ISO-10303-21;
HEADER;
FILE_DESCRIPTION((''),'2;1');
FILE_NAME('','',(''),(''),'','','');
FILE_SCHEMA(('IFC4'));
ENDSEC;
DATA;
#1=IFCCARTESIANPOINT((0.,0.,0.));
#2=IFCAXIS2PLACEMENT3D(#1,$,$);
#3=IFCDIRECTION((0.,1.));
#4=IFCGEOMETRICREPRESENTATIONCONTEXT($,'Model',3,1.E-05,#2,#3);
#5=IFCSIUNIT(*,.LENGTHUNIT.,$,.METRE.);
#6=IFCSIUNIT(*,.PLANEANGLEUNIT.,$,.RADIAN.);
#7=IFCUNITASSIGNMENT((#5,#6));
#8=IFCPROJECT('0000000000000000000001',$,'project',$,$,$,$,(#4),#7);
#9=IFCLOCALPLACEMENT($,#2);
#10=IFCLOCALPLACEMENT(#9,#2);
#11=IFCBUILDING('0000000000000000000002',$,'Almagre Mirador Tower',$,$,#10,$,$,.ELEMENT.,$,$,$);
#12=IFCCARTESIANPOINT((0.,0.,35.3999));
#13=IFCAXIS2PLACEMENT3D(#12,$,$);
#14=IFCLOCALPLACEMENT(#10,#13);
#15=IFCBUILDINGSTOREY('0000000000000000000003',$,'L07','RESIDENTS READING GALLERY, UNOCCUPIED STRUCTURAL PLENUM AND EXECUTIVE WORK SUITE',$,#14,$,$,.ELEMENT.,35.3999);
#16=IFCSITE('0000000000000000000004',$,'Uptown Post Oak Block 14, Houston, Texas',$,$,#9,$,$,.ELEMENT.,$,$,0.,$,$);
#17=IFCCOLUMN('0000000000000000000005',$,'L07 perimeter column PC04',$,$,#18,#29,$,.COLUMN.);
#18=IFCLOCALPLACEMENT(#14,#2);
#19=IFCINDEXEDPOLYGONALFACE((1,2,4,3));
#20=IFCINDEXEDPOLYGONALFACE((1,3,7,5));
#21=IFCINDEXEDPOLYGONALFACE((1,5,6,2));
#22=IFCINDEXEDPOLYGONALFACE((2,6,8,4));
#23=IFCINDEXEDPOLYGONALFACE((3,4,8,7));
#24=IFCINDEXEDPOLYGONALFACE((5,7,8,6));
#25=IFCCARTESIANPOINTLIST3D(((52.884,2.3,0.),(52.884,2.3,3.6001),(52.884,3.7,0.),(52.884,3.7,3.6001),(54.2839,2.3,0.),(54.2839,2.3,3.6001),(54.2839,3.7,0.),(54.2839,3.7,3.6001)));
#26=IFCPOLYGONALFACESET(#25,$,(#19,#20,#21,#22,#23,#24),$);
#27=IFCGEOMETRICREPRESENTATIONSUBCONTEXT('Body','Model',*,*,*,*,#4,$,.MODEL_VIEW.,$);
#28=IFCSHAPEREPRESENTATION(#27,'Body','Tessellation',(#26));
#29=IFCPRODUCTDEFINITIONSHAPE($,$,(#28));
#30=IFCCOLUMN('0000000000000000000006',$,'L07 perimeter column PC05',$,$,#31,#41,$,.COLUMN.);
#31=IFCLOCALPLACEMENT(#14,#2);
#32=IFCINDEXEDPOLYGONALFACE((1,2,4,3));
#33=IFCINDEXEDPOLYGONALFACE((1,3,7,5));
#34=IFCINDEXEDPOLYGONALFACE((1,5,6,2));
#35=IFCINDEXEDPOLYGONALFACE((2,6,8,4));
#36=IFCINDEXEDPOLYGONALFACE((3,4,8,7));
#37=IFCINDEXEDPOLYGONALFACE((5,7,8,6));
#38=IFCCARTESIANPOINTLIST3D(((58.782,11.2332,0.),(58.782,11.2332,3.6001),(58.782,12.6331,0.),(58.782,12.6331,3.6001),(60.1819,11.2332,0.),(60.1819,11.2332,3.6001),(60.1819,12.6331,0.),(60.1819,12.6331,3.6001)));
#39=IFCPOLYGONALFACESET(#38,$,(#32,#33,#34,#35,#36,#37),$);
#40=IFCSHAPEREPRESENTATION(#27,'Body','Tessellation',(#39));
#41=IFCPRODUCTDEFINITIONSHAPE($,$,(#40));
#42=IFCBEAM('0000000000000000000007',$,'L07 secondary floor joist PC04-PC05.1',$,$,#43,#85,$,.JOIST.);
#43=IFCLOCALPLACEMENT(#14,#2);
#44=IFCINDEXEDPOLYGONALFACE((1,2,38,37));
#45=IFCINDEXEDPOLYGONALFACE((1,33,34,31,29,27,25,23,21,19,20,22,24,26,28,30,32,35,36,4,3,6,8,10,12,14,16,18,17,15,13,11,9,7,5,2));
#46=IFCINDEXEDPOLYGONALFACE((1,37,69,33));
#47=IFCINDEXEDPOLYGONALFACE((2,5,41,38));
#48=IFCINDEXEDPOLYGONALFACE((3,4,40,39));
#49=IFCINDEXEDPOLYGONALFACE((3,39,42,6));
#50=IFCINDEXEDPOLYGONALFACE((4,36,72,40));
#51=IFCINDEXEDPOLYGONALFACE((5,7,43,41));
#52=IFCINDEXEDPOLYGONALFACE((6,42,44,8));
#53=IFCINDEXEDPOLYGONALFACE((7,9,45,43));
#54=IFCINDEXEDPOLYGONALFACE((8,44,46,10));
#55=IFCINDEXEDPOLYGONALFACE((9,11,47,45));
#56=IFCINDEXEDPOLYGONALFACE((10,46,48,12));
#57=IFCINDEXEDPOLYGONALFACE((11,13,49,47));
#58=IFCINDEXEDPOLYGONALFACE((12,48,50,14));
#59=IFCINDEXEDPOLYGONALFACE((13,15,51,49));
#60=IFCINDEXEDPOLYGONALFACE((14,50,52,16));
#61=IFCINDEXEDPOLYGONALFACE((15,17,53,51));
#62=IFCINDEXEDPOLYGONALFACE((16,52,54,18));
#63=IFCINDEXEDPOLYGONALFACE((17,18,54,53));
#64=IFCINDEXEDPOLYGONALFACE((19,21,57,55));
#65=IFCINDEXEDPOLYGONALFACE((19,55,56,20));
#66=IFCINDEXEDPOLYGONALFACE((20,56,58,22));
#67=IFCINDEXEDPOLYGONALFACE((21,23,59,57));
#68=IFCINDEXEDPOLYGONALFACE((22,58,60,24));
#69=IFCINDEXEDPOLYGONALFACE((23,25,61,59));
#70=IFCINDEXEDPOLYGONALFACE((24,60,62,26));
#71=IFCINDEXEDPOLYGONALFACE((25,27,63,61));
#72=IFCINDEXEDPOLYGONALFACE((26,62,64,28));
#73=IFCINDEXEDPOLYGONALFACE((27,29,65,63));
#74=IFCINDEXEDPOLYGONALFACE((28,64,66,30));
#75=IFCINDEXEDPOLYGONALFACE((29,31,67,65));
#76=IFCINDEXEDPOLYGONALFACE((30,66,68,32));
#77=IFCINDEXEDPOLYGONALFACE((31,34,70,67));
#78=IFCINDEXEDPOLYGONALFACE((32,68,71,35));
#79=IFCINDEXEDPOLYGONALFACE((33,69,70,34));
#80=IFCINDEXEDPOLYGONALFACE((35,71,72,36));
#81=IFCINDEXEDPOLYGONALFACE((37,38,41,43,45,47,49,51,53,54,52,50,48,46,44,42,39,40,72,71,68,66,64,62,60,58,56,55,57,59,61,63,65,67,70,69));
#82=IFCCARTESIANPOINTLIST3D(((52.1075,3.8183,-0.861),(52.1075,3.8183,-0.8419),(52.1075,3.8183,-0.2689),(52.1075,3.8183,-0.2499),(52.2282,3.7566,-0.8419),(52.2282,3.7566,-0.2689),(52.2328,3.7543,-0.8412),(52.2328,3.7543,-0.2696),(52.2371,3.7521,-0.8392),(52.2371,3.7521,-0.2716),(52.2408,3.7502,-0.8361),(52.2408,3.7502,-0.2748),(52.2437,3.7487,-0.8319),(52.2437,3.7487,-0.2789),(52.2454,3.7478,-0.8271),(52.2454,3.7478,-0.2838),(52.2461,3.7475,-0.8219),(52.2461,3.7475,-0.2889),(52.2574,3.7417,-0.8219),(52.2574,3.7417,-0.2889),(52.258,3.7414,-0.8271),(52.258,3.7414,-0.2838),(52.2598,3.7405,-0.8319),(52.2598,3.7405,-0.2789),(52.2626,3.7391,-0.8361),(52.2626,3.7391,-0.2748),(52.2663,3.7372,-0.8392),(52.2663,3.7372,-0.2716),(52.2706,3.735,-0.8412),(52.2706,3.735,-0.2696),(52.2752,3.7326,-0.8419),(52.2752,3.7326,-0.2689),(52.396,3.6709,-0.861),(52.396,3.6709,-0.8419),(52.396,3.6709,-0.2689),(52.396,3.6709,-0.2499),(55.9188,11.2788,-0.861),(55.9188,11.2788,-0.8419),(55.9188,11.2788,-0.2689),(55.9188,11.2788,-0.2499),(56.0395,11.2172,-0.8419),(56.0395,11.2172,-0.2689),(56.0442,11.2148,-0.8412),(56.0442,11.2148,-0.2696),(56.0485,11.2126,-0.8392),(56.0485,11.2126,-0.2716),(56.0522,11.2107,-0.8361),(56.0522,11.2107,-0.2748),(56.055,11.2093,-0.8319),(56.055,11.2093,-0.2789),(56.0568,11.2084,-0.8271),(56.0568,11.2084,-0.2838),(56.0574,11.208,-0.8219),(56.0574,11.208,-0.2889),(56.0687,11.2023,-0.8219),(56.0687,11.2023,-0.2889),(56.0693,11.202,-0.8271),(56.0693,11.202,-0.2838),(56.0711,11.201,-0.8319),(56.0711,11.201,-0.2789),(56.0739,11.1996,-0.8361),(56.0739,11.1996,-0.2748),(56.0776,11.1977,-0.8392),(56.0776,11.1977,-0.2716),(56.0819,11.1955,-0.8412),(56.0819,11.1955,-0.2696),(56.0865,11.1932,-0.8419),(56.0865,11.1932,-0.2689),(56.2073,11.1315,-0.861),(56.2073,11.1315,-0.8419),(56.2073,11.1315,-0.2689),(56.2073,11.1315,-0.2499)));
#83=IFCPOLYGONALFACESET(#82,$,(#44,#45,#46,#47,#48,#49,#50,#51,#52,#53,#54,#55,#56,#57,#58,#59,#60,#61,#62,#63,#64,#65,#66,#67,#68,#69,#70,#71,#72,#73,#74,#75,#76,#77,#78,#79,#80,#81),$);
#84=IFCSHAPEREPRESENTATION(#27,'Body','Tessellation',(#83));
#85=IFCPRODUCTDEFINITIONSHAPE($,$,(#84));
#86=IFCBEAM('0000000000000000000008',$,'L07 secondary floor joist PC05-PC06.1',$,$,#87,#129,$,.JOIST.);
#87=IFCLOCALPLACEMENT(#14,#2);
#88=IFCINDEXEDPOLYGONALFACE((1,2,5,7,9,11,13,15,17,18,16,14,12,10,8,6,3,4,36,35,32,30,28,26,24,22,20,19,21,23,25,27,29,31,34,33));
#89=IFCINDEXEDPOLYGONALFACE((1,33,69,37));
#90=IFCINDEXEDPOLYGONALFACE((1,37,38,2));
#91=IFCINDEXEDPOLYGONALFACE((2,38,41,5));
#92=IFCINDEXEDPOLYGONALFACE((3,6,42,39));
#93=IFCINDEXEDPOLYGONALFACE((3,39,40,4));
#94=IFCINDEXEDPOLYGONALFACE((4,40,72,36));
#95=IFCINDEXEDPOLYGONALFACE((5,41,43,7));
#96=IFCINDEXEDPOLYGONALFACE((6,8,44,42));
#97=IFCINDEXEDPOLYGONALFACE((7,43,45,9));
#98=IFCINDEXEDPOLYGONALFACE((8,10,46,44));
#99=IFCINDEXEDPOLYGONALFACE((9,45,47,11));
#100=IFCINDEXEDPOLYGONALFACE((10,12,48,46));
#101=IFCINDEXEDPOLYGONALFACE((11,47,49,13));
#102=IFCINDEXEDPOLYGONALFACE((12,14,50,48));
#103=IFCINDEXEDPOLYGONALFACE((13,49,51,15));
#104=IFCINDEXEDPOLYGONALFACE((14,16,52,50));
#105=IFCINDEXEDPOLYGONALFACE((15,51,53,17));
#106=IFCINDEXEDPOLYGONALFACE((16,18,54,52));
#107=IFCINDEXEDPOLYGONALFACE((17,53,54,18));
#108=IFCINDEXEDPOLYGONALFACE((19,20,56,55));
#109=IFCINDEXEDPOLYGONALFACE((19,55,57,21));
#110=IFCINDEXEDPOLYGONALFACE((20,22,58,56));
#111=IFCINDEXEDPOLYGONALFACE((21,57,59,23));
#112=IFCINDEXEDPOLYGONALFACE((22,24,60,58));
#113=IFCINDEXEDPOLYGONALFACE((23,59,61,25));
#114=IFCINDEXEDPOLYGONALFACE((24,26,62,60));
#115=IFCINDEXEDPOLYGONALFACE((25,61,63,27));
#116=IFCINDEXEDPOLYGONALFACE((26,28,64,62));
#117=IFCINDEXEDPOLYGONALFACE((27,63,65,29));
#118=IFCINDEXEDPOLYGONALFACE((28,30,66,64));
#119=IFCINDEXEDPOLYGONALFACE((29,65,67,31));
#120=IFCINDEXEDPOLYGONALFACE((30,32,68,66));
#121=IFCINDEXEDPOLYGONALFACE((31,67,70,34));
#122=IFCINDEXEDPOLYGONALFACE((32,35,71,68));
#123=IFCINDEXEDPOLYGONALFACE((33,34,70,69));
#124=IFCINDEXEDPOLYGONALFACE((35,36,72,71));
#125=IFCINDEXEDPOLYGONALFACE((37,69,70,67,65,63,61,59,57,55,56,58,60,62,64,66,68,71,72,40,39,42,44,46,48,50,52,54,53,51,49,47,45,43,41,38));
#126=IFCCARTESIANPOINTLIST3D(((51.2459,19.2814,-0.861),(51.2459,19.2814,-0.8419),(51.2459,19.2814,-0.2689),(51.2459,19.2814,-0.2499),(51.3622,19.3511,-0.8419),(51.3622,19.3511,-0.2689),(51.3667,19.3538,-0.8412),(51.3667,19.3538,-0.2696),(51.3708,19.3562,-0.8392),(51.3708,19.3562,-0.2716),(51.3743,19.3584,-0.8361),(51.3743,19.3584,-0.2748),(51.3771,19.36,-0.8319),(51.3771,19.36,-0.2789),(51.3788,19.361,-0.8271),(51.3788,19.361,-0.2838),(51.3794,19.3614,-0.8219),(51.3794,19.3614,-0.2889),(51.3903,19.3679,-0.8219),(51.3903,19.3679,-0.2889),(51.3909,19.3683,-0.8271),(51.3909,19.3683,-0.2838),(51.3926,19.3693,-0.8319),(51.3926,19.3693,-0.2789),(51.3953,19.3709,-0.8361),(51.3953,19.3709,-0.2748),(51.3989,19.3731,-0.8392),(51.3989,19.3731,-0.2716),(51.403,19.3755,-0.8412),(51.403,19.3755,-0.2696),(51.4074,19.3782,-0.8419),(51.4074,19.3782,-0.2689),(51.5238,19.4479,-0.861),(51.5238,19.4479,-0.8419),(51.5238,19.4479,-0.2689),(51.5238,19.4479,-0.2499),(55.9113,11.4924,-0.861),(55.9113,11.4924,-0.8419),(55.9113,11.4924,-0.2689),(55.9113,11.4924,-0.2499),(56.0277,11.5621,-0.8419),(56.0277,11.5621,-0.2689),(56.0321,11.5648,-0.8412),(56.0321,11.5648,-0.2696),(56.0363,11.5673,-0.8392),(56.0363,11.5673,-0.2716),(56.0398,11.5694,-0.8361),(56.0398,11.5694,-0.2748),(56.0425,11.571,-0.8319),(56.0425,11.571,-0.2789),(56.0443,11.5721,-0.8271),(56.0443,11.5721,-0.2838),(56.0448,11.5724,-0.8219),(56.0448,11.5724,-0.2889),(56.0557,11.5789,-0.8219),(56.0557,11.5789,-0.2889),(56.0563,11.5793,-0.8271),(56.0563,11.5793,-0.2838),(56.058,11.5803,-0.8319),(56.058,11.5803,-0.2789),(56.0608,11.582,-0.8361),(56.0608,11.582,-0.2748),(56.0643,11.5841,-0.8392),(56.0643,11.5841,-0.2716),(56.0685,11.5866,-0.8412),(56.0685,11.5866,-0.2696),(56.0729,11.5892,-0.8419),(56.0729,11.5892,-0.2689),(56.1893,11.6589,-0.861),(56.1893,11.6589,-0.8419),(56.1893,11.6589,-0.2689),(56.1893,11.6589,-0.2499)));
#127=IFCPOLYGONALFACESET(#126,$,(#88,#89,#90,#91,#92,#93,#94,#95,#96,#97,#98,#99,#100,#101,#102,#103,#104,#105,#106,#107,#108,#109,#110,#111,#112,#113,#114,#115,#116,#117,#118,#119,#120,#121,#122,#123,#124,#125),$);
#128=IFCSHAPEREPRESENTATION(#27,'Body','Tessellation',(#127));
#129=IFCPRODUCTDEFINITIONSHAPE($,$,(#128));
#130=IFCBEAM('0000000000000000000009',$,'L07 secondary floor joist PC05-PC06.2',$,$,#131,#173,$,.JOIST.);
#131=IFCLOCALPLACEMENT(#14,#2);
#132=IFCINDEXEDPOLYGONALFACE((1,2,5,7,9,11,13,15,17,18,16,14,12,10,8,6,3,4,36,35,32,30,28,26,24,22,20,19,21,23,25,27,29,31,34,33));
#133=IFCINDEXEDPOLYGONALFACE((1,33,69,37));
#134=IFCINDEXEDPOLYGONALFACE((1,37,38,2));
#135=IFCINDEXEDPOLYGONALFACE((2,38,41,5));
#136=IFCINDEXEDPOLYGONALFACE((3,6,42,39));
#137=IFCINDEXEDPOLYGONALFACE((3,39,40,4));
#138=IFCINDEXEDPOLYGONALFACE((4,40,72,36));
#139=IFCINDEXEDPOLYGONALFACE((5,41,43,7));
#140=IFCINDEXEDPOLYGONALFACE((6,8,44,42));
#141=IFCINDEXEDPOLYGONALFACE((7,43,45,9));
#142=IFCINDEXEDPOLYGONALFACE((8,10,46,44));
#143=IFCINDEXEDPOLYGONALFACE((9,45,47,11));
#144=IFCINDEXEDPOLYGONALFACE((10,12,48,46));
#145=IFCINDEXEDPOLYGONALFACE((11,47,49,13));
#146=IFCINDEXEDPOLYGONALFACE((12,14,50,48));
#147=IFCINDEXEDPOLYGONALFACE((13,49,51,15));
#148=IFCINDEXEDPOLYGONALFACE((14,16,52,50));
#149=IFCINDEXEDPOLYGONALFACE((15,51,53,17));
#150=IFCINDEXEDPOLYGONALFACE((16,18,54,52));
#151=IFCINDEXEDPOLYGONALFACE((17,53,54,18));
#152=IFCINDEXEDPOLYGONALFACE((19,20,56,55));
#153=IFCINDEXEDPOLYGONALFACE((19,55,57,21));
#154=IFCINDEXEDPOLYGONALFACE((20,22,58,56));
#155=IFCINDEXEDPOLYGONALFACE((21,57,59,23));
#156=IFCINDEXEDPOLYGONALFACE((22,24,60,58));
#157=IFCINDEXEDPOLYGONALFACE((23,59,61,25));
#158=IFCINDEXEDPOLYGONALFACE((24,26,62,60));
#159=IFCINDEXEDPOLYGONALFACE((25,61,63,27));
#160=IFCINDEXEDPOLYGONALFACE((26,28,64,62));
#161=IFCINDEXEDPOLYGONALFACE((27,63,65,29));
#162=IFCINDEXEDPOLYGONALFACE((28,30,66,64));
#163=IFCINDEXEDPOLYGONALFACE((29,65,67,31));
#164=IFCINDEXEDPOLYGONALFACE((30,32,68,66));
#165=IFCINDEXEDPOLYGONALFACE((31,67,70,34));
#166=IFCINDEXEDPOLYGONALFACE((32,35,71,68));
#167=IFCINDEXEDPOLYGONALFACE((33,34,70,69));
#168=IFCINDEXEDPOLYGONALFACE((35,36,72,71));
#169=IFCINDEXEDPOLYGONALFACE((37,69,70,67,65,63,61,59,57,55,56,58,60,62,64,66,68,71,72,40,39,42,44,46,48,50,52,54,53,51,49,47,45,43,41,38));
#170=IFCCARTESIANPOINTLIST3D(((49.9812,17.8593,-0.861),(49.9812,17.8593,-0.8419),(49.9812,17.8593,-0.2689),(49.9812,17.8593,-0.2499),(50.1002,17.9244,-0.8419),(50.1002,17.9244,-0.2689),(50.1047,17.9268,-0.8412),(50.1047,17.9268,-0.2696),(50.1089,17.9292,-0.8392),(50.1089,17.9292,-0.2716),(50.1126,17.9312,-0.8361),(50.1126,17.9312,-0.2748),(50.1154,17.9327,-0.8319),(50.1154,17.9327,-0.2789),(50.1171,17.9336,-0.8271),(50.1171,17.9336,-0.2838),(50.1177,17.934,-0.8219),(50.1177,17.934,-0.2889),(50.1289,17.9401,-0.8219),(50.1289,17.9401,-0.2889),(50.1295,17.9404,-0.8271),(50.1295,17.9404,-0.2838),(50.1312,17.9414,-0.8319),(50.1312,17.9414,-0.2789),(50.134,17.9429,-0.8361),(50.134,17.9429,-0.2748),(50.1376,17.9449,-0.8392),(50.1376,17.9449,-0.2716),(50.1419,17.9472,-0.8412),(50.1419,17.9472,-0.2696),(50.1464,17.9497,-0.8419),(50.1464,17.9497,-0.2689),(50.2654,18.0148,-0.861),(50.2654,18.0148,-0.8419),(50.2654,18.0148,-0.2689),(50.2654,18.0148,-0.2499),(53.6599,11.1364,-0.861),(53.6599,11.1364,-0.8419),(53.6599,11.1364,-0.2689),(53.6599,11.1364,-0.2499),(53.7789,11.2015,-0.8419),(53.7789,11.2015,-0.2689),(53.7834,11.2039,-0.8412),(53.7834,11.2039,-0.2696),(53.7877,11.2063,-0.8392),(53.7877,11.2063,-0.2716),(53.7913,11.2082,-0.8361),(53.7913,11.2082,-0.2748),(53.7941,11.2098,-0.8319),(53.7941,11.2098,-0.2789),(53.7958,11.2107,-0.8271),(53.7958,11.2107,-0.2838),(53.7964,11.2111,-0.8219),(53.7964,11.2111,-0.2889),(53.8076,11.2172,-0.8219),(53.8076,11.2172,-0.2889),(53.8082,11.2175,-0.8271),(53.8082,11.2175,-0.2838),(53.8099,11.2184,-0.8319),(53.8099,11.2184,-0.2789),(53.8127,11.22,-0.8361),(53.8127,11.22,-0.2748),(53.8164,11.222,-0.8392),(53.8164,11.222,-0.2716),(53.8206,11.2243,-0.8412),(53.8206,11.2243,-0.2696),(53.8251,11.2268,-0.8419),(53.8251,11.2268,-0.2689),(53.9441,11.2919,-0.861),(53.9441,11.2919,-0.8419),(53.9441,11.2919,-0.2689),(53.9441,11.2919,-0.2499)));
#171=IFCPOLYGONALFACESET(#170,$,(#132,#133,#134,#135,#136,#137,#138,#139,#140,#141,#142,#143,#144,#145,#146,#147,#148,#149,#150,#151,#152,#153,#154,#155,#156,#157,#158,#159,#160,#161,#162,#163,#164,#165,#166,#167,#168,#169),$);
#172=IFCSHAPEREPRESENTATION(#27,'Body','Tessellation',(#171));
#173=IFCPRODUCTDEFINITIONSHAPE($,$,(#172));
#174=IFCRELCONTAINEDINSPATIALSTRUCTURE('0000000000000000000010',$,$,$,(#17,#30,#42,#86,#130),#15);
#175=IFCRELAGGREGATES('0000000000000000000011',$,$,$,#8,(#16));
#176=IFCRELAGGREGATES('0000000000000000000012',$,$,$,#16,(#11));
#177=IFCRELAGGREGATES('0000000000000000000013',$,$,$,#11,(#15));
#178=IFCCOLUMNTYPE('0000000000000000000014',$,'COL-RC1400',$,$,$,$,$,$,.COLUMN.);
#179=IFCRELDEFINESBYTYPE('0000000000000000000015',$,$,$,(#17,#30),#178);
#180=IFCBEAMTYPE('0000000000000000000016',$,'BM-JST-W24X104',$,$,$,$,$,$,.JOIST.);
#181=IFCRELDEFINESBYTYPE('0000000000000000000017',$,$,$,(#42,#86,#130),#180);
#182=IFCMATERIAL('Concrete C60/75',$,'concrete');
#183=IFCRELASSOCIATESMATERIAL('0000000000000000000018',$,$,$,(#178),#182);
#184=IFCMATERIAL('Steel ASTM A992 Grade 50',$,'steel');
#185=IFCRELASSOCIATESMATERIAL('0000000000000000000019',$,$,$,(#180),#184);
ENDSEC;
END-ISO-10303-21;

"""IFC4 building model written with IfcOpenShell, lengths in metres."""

from ifc_helpers import new_model, si_unit, direction, frame, origin, origin_2d, place, context, subcontext, project, spatial, rectangle, i_section, extrude, material, material_profile, profile_set, type_object, element, save


model = new_model("IFC4")

# Units and contexts
model_context = context("Model", 3, precision=1e-05, world=origin(), true_north=direction((0.0, 1.0)))
body_context = subcontext(model_context, "Body", "Model", "MODEL_VIEW")
ifc_project = project(units=[si_unit("LENGTHUNIT", "METRE"), si_unit("PLANEANGLEUNIT", "RADIAN")], contexts=[model_context])

# Site, building, storey
site_placement = place(None, origin())
site = spatial("IfcSite", under=ifc_project, at=site_placement, Name="Uptown Post Oak Block 14, Houston, Texas", CompositionType="ELEMENT", RefElevation=0.0)
building_placement = place(site_placement, origin())
building = spatial("IfcBuilding", under=site, at=building_placement, Name="Almagre Mirador Tower", CompositionType="ELEMENT")
storey_placement = place(building_placement, frame((0.0, 0.0, 35.3999)))
storey = spatial("IfcBuildingStorey", under=building, at=storey_placement, Name="L07", Description="RESIDENTS READING GALLERY, UNOCCUPIED STRUCTURAL PLENUM AND EXECUTIVE WORK SUITE", CompositionType="ELEMENT", Elevation=35.3999)

# Columns
ifc_material_1 = material(Name="Concrete C60/75", Category="concrete")
ifc_material_profile_1 = material_profile(ifc_material_1, rectangle(XDim=1.3999, YDim=1.3999, at=origin_2d()), Name="RC1400X1400")
ifc_profile_set_1 = profile_set([ifc_material_profile_1], Name="Concrete C60/75")
column_type = type_object("IfcColumnType", Name="COL-RC1400", PredefinedType="COLUMN", material=ifc_profile_set_1)
for number, where, z_axis, x_axis, name in (
    (1, (53.584, 3.0, 0.0), (0.0, 0.0, 1.0), (1.0, 0.0, 0.0), "L07 perimeter column PC04"),
    (2, (59.4819, 11.9331, 0.0), (0.0, 0.0, 1.0), (1.0, 0.0, 0.0), "L07 perimeter column PC05"),
):
    element("IfcColumn", number, at=place(storey_placement, frame(where, z_axis=z_axis, x_axis=x_axis)), inside=storey, type_object=column_type, Name=name, PredefinedType="COLUMN", context=body_context, shape_type="SweptSolid", body=[
        extrude(rectangle(XDim=1.3999, YDim=1.3999, at=origin_2d()), origin(), (0.0, 0.0, 1.0), 3.6001),
    ])

# Beams
ifc_material_2 = material(Name="Steel ASTM A992 Grade 50", Category="steel")
ifc_material_profile_2 = material_profile(ifc_material_2, i_section(OverallWidth=0.324, OverallDepth=0.6111, WebThickness=0.0127, FlangeThickness=0.019, FilletRadius=0.02, at=origin_2d()), Name="W24X104")
ifc_profile_set_2 = profile_set([ifc_material_profile_2], Name="Steel ASTM A992 Grade 50")
beam_type_1 = type_object("IfcBeamType", Name="BM-JST-W24X104", PredefinedType="JOIST", material=ifc_profile_set_2)
beam_1_placement = place(storey_placement, frame((52.2517, 3.7446, -0.5554), z_axis=(0.454937, 0.890524, 0.0), x_axis=(-0.890524, 0.454937, 0.0)))
element("IfcBeam", 3, at=beam_1_placement, inside=storey, type_object=beam_type_1, Name="L07 secondary floor joist PC04-PC05.1", PredefinedType="JOIST", context=body_context, shape_type="SweptSolid", body=[
    extrude(i_section(OverallWidth=0.324, OverallDepth=0.6111, WebThickness=0.0127, FlangeThickness=0.019, FilletRadius=0.02, at=origin_2d()), origin(), (0.0, 0.0, 1.0), 8.3777),
])
beam_2_placement = place(storey_placement, frame((56.0503, 11.5757, -0.5554), z_axis=(-0.513855, 0.857877, 0.0), x_axis=(-0.857877, -0.513855, 0.0)))
element("IfcBeam", 4, at=beam_2_placement, inside=storey, type_object=beam_type_1, Name="L07 secondary floor joist PC05-PC06.1", PredefinedType="JOIST", context=body_context, shape_type="SweptSolid", body=[
    extrude(i_section(OverallWidth=0.324, OverallDepth=0.6111, WebThickness=0.0127, FlangeThickness=0.019, FilletRadius=0.02, at=origin_2d()), origin(), (0.0, 0.0, 1.0), 9.0793),
])
beam_3_placement = place(storey_placement, frame((53.802, 11.2141, -0.5554), z_axis=(-0.480026, 0.877254, 0.0), x_axis=(-0.877254, -0.480026, 0.0)))
element("IfcBeam", 5, at=beam_3_placement, inside=storey, type_object=beam_type_1, Name="L07 secondary floor joist PC05-PC06.2", PredefinedType="JOIST", context=body_context, shape_type="SweptSolid", body=[
    extrude(i_section(OverallWidth=0.324, OverallDepth=0.6111, WebThickness=0.0127, FlangeThickness=0.019, FilletRadius=0.02, at=origin_2d()), origin(), (0.0, 0.0, 1.0), 7.6636),
])

save(model, "model.ifc")
